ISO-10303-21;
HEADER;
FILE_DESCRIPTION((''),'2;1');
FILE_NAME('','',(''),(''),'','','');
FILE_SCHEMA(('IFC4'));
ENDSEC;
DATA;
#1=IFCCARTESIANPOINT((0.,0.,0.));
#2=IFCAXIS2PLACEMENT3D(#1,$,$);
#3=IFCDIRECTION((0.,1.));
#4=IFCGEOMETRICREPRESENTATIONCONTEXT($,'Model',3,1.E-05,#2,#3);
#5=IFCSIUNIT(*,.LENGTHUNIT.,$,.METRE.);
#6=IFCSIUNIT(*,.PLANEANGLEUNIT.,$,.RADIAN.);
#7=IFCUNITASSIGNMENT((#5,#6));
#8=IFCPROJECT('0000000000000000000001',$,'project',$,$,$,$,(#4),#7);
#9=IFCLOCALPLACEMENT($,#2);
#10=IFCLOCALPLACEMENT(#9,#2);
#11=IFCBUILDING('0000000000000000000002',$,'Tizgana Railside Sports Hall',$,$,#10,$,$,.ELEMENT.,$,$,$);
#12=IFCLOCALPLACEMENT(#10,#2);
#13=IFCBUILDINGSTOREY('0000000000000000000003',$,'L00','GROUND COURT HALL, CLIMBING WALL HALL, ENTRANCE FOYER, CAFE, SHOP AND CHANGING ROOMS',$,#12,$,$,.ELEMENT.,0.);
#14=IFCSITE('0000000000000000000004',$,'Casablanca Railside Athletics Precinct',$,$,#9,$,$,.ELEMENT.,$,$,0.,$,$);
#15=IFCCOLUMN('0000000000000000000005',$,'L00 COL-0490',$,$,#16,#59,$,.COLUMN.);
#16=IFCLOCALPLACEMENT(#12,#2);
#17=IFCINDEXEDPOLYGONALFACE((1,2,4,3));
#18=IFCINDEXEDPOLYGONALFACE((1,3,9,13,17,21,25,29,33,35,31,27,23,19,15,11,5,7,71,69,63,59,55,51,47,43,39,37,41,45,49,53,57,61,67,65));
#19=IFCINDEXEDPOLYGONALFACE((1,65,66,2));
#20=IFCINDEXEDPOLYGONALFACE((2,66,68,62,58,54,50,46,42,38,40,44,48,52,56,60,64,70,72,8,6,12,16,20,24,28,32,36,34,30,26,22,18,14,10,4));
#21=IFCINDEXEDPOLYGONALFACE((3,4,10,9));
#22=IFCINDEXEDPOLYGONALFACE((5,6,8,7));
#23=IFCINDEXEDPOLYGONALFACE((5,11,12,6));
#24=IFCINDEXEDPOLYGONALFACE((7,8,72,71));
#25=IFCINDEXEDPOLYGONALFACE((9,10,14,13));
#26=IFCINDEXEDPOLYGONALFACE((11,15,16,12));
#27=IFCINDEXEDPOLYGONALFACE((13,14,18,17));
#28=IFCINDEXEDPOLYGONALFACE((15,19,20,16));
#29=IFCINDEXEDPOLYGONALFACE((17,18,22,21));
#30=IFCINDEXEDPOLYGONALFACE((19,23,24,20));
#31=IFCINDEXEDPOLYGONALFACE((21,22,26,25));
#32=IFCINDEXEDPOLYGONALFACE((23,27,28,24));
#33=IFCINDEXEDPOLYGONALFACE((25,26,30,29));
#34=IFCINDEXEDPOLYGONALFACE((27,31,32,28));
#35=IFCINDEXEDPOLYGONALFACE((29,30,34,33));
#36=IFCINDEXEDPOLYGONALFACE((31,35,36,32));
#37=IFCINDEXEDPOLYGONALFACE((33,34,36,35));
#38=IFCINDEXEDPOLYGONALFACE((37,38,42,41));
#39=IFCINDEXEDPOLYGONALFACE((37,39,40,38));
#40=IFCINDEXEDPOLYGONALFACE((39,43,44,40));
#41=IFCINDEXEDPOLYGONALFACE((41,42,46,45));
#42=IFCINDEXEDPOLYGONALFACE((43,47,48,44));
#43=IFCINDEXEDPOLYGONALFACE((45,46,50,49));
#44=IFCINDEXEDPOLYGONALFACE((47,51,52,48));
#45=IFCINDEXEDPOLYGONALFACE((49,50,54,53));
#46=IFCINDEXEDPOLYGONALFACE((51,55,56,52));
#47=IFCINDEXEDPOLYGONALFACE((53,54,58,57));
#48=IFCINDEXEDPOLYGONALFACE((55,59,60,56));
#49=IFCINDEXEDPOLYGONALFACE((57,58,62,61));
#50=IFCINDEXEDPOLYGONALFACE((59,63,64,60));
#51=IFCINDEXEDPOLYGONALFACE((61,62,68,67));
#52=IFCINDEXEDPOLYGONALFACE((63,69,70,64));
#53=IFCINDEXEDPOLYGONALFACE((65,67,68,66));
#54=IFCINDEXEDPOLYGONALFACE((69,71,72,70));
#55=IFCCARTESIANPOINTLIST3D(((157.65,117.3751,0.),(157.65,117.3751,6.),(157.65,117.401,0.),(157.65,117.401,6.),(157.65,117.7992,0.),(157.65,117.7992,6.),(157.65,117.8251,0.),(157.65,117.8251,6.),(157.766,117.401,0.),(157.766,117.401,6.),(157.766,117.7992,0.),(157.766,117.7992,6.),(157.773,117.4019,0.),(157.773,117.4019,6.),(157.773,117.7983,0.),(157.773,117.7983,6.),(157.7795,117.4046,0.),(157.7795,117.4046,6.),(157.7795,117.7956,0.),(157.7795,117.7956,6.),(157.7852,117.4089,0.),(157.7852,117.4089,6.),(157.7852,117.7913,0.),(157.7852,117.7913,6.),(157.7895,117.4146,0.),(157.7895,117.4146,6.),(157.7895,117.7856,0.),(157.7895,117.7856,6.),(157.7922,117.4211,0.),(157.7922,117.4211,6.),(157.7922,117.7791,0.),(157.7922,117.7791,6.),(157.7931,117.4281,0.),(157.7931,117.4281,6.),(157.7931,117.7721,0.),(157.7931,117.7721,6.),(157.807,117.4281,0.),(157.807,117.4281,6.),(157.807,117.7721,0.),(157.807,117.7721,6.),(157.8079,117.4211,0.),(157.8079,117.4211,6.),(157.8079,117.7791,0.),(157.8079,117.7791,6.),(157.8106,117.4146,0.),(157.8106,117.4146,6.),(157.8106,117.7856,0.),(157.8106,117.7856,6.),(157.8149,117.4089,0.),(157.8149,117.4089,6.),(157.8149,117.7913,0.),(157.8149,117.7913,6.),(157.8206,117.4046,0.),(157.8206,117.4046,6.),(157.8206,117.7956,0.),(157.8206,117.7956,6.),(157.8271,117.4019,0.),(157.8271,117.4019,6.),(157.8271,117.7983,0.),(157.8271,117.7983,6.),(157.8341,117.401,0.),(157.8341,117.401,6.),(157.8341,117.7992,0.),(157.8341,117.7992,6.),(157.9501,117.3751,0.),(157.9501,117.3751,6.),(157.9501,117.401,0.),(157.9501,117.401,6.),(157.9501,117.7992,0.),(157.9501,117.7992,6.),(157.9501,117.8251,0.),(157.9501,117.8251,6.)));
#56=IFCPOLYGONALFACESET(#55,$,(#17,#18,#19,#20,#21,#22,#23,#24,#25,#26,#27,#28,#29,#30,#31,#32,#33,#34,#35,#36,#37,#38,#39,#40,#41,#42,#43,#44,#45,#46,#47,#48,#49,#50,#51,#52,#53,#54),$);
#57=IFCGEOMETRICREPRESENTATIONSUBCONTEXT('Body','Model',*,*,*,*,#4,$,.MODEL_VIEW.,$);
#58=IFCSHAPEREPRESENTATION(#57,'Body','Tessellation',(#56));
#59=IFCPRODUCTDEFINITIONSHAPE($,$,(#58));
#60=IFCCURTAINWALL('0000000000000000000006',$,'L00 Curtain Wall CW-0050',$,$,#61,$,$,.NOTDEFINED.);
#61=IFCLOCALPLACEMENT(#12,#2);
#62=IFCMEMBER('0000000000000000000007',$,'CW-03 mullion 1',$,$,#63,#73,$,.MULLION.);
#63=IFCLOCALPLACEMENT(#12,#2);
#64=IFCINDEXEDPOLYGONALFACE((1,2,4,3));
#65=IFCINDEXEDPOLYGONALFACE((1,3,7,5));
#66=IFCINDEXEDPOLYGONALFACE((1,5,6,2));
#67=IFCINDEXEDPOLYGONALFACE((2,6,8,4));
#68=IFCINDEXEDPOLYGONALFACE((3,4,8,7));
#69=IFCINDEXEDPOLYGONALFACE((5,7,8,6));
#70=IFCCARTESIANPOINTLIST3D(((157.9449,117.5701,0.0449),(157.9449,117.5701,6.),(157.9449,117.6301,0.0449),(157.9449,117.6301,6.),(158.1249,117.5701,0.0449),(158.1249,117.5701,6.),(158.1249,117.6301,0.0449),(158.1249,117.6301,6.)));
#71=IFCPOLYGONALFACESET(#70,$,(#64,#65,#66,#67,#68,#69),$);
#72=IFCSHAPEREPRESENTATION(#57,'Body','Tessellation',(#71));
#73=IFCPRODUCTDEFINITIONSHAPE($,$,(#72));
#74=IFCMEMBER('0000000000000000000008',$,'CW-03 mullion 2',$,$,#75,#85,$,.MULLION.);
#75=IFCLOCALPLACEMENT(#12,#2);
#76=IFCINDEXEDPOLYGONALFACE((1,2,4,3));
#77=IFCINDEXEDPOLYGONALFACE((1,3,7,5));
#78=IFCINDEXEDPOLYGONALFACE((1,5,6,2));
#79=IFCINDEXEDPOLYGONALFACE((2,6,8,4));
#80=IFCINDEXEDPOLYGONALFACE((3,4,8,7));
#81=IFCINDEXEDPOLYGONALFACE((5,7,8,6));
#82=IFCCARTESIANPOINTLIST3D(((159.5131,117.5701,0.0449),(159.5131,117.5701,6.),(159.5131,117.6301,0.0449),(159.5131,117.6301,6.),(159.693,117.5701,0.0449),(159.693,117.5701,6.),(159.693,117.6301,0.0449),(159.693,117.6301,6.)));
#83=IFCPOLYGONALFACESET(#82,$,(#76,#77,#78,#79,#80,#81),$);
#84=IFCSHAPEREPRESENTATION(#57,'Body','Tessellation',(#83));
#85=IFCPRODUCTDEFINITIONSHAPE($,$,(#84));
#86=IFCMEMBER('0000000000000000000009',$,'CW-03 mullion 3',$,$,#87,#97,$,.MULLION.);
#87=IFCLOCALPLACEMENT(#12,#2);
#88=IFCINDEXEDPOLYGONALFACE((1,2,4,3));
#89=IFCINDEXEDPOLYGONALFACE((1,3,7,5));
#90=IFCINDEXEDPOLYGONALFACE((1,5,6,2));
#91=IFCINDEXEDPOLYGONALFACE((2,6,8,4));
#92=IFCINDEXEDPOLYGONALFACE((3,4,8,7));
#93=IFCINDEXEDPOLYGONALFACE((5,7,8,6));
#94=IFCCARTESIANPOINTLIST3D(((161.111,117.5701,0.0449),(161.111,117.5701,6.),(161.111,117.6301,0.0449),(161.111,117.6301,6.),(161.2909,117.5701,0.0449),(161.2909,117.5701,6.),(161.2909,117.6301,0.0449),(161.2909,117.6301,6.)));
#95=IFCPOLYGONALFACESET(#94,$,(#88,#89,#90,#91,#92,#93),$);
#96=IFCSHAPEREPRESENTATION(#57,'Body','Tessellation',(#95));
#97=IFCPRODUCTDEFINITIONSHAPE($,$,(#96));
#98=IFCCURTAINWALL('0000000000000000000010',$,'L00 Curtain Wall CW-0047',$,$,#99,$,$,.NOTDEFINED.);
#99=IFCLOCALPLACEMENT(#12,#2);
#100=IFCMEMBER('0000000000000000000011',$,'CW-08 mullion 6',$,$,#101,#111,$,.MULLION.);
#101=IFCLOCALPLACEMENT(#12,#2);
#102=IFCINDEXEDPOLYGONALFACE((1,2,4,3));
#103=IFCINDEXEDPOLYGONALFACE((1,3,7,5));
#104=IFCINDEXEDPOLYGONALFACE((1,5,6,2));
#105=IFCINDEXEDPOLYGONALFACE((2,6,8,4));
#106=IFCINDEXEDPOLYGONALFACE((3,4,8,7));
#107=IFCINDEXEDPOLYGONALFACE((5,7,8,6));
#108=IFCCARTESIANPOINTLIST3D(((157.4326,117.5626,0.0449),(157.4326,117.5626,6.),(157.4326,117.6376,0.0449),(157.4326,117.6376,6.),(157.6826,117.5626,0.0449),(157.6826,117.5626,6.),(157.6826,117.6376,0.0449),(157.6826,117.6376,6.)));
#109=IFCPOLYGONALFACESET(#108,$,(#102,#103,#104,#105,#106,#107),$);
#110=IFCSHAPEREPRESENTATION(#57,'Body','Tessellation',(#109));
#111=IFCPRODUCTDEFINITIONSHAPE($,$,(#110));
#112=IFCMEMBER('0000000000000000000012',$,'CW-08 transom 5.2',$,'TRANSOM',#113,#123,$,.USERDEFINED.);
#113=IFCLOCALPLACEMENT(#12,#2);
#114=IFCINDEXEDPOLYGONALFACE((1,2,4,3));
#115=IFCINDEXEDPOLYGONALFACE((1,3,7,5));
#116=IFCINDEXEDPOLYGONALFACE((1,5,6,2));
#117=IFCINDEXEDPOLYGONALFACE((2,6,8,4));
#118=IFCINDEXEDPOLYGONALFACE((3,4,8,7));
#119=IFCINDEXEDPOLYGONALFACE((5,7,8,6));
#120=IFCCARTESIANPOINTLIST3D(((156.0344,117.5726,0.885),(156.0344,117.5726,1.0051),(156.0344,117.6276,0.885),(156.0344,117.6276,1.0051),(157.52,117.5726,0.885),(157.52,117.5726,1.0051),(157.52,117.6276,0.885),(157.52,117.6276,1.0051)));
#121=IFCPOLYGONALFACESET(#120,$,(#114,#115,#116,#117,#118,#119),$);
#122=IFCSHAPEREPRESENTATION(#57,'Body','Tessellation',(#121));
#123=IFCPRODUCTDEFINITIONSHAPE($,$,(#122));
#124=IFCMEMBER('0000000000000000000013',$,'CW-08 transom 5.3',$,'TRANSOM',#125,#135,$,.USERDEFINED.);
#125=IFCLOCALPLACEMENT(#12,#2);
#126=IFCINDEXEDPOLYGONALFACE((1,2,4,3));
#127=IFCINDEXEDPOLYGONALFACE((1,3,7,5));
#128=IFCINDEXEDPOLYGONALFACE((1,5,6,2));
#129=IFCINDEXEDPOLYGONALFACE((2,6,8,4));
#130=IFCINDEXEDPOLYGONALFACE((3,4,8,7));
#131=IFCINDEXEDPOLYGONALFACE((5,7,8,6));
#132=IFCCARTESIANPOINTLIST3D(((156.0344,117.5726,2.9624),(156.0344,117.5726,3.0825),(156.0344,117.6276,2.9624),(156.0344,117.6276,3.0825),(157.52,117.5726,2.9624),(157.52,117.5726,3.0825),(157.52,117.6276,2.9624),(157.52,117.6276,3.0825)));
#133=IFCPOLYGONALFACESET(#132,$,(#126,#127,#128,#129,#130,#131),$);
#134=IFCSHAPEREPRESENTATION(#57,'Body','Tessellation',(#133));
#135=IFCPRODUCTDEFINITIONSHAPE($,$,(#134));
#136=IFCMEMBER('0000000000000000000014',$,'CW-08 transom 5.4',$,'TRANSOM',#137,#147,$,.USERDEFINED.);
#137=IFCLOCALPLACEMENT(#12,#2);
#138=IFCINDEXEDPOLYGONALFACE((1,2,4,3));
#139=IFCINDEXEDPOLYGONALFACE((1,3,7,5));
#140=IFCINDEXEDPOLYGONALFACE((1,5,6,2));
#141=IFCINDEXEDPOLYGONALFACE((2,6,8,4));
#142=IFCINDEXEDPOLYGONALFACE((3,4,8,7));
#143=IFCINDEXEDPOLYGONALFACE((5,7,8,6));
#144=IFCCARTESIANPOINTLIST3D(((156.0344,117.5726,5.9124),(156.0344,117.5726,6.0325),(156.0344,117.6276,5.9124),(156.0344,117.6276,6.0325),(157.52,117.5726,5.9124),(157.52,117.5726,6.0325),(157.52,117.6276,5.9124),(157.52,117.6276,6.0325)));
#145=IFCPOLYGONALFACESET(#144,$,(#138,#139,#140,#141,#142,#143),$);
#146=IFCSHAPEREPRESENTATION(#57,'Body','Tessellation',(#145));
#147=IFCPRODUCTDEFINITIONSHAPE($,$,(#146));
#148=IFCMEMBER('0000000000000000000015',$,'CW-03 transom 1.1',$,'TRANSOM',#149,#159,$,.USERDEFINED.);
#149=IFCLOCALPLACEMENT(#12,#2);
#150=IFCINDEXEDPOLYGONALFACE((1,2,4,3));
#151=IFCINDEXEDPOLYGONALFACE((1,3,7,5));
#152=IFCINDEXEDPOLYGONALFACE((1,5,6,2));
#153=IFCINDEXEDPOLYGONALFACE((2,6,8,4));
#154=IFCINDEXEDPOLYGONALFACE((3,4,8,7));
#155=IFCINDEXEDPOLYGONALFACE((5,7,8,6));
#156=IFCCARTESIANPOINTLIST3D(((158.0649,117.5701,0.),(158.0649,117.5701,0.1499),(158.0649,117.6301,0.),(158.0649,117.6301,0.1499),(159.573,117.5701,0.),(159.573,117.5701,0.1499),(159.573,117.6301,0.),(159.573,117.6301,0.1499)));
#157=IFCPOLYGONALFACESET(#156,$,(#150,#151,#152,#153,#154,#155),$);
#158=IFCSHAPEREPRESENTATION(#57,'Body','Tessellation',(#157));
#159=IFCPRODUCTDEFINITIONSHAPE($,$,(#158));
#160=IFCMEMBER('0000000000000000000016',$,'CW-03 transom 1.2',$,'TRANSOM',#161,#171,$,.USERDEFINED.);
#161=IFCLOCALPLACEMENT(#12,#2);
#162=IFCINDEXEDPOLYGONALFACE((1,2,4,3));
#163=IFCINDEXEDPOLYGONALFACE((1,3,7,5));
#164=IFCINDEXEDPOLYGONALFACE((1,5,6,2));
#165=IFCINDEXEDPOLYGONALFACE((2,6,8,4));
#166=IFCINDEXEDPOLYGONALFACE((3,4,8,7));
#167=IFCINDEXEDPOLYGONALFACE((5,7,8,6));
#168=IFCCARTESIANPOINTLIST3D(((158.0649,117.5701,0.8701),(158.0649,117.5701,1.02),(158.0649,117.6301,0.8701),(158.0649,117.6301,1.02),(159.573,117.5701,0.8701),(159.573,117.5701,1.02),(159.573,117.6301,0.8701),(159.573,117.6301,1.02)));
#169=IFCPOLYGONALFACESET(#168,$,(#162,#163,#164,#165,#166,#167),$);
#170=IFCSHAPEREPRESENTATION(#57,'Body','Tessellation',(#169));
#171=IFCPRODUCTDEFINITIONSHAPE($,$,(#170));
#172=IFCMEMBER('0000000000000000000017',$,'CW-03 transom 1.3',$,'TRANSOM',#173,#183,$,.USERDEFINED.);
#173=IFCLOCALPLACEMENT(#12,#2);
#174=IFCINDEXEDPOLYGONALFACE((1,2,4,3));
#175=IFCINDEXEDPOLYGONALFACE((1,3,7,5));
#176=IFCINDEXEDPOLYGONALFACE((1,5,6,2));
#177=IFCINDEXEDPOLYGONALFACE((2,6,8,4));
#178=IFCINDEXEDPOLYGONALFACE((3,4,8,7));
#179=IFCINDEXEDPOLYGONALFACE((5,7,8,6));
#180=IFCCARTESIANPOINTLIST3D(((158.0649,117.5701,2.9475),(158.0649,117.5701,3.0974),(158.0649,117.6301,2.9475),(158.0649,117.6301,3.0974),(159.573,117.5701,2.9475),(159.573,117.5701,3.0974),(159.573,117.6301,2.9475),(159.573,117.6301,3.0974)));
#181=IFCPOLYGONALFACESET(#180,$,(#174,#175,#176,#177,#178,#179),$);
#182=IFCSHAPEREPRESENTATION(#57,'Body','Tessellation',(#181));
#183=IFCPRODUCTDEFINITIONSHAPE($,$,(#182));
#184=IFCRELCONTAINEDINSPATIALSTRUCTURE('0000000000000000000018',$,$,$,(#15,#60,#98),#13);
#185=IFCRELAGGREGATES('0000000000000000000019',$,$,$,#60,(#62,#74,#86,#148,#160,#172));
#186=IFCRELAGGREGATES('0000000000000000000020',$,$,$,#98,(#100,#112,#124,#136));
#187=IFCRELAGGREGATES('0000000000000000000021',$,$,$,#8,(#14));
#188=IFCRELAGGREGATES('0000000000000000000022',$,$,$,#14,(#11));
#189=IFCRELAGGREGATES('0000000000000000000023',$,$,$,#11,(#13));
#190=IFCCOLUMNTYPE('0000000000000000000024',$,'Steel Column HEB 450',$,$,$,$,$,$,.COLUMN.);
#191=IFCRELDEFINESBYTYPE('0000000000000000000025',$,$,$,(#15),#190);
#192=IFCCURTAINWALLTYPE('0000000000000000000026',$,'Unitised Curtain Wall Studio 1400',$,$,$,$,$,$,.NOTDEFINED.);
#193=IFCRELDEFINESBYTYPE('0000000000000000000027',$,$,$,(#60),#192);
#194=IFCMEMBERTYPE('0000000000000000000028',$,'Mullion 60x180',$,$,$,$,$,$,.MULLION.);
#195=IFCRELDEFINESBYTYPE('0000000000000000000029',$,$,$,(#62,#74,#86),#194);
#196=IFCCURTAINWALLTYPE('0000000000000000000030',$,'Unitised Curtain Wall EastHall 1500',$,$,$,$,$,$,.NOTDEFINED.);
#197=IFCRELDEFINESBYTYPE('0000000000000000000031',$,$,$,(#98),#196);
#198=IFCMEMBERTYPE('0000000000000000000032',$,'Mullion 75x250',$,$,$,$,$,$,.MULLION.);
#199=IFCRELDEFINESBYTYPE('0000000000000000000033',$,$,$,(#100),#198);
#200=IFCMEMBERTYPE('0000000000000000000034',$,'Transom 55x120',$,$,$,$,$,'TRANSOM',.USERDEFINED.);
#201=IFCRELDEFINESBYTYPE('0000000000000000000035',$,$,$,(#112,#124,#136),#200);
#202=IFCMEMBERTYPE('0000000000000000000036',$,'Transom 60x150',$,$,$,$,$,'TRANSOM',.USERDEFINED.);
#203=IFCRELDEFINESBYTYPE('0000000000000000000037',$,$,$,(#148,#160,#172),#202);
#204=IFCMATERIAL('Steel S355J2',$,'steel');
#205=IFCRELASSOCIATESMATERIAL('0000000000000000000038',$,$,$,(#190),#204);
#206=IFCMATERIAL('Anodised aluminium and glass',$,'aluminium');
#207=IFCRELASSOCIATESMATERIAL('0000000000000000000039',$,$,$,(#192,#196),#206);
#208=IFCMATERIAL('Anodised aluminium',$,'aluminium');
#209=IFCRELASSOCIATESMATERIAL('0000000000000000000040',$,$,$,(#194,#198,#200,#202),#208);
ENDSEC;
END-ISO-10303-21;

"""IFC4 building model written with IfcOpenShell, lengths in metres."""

from ifc_helpers import new_model, si_unit, direction, frame, origin, origin_2d, place, context, subcontext, project, spatial, rectangle, i_section, extrude, material, material_profile, profile_set, type_object, element, aggregate, save


model = new_model("IFC4")

# Units and contexts
model_context = context("Model", 3, precision=1e-05, world=origin(), true_north=direction((0.0, 1.0)))
body_context = subcontext(model_context, "Body", "Model", "MODEL_VIEW")
ifc_project = project(units=[si_unit("LENGTHUNIT", "METRE"), si_unit("PLANEANGLEUNIT", "RADIAN")], contexts=[model_context])

# Site, building, storey
site_placement = place(None, origin())
site = spatial("IfcSite", under=ifc_project, at=site_placement, Name="Casablanca Railside Athletics Precinct", CompositionType="ELEMENT", RefElevation=0.0)
building_placement = place(site_placement, origin())
building = spatial("IfcBuilding", under=site, at=building_placement, Name="Tizgana Railside Sports Hall", CompositionType="ELEMENT")
storey_placement = place(building_placement, origin())
storey = spatial("IfcBuildingStorey", under=building, at=storey_placement, Name="L00", Description="GROUND COURT HALL, CLIMBING WALL HALL, ENTRANCE FOYER, CAFE, SHOP AND CHANGING ROOMS", CompositionType="ELEMENT", Elevation=0.0)

# Column
ifc_material_1 = material(Name="Steel S355J2", Category="steel")
ifc_material_profile_1 = material_profile(ifc_material_1, i_section(OverallWidth=0.3, OverallDepth=0.45, WebThickness=0.0139, FlangeThickness=0.0259, FilletRadius=0.0271, at=origin_2d()), Name="HEB 450")
ifc_profile_set_1 = profile_set([ifc_material_profile_1], Name="Steel S355J2")
column_type = type_object("IfcColumnType", Name="Steel Column HEB 450", PredefinedType="COLUMN", material=ifc_profile_set_1)
column_placement = place(storey_placement, frame((157.8, 117.6001, 0.0), z_axis=(0.0, 0.0, 1.0), x_axis=(1.0, 0.0, 0.0)))
element("IfcColumn", 1, at=column_placement, inside=storey, type_object=column_type, Name="L00 COL-0490", PredefinedType="COLUMN", context=body_context, shape_type="SweptSolid", body=[
    extrude(i_section(OverallWidth=0.3, OverallDepth=0.45, WebThickness=0.0139, FlangeThickness=0.0259, FilletRadius=0.0271, at=origin_2d()), origin(), (0.0, 0.0, 1.0), 6.0),
])

# Curtain walls, members
ifc_material_2 = material(Name="Anodised aluminium and glass", Category="aluminium")
curtain_wall_type_1 = type_object("IfcCurtainWallType", Name="Unitised Curtain Wall Studio 1400", PredefinedType="NOTDEFINED", material=ifc_material_2)
curtain_wall_1_placement = place(storey_placement, origin())
curtain_wall_1 = element("IfcCurtainWall", 2, at=curtain_wall_1_placement, inside=storey, type_object=curtain_wall_type_1, Name="L00 Curtain Wall CW-0050", PredefinedType="NOTDEFINED")
ifc_material_3 = material(Name="Anodised aluminium", Category="aluminium")
ifc_material_profile_2 = material_profile(ifc_material_3, rectangle(XDim=0.0601, YDim=0.1799, at=origin_2d()), Name="Mullion 60x180")
ifc_profile_set_2 = profile_set([ifc_material_profile_2], Name="Anodised aluminium")
member_type_1 = type_object("IfcMemberType", Name="Mullion 60x180", PredefinedType="MULLION", material=ifc_profile_set_2)
member_1_placement = place(storey_placement, frame((158.0349, 117.6001, 0.0449), z_axis=(0.0, 0.0, 1.0), x_axis=(0.0, 1.0, 0.0)))
member_1 = element("IfcMember", 3, at=member_1_placement, type_object=member_type_1, Name="CW-03 mullion 1", PredefinedType="MULLION", context=body_context, shape_type="SweptSolid", body=[
    extrude(rectangle(XDim=0.0601, YDim=0.1799, at=origin_2d()), origin(), (0.0, 0.0, 1.0), 5.9551),
])
member_2_placement = place(storey_placement, frame((159.603, 117.6001, 0.0449), z_axis=(0.0, 0.0, 1.0), x_axis=(0.0, 1.0, 0.0)))
member_2 = element("IfcMember", 4, at=member_2_placement, type_object=member_type_1, Name="CW-03 mullion 2", PredefinedType="MULLION", context=body_context, shape_type="SweptSolid", body=[
    extrude(rectangle(XDim=0.0601, YDim=0.1799, at=origin_2d()), origin(), (0.0, 0.0, 1.0), 5.9551),
])
member_3_placement = place(storey_placement, frame((161.2009, 117.6001, 0.0449), z_axis=(0.0, 0.0, 1.0), x_axis=(0.0, 1.0, 0.0)))
member_3 = element("IfcMember", 5, at=member_3_placement, type_object=member_type_1, Name="CW-03 mullion 3", PredefinedType="MULLION", context=body_context, shape_type="SweptSolid", body=[
    extrude(rectangle(XDim=0.0601, YDim=0.1799, at=origin_2d()), origin(), (0.0, 0.0, 1.0), 5.9551),
])
curtain_wall_type_2 = type_object("IfcCurtainWallType", Name="Unitised Curtain Wall EastHall 1500", PredefinedType="NOTDEFINED", material=ifc_material_2)
curtain_wall_2_placement = place(storey_placement, origin())
curtain_wall_2 = element("IfcCurtainWall", 6, at=curtain_wall_2_placement, inside=storey, type_object=curtain_wall_type_2, Name="L00 Curtain Wall CW-0047", PredefinedType="NOTDEFINED")
ifc_material_profile_3 = material_profile(ifc_material_3, rectangle(XDim=0.075, YDim=0.25, at=origin_2d()), Name="Mullion 75x250")
ifc_profile_set_3 = profile_set([ifc_material_profile_3], Name="Anodised aluminium")
member_type_2 = type_object("IfcMemberType", Name="Mullion 75x250", PredefinedType="MULLION", material=ifc_profile_set_3)
member_4_placement = place(storey_placement, frame((157.5576, 117.6001, 0.0449), z_axis=(0.0, 0.0, 1.0), x_axis=(0.0, 1.0, 0.0)))
member_4 = element("IfcMember", 7, at=member_4_placement, type_object=member_type_2, Name="CW-08 mullion 6", PredefinedType="MULLION", context=body_context, shape_type="SweptSolid", body=[
    extrude(rectangle(XDim=0.075, YDim=0.25, at=origin_2d()), origin(), (0.0, 0.0, 1.0), 5.9551),
])
ifc_material_profile_4 = material_profile(ifc_material_3, rectangle(XDim=0.0549, YDim=0.1201, at=origin_2d()), Name="Transom 55x120")
ifc_profile_set_4 = profile_set([ifc_material_profile_4], Name="Anodised aluminium")
member_type_3 = type_object("IfcMemberType", Name="Transom 55x120", ElementType="TRANSOM", PredefinedType="USERDEFINED", material=ifc_profile_set_4)
member_5_placement = place(storey_placement, frame((156.0344, 117.6001, 0.9451), z_axis=(1.0, 0.0, 0.0), x_axis=(0.0, 1.0, 0.0)))
member_5 = element("IfcMember", 8, at=member_5_placement, type_object=member_type_3, Name="CW-08 transom 5.2", ObjectType="TRANSOM", PredefinedType="USERDEFINED", context=body_context, shape_type="SweptSolid", body=[
    extrude(rectangle(XDim=0.0549, YDim=0.1201, at=origin_2d()), origin(), (0.0, 0.0, 1.0), 1.4856),
])
member_6_placement = place(storey_placement, frame((156.0344, 117.6001, 3.0225), z_axis=(1.0, 0.0, 0.0), x_axis=(0.0, 1.0, 0.0)))
member_6 = element("IfcMember", 9, at=member_6_placement, type_object=member_type_3, Name="CW-08 transom 5.3", ObjectType="TRANSOM", PredefinedType="USERDEFINED", context=body_context, shape_type="SweptSolid", body=[
    extrude(rectangle(XDim=0.0549, YDim=0.1201, at=origin_2d()), origin(), (0.0, 0.0, 1.0), 1.4856),
])
member_7_placement = place(storey_placement, frame((156.0344, 117.6001, 5.9724), z_axis=(1.0, 0.0, 0.0), x_axis=(0.0, 1.0, 0.0)))
member_7 = element("IfcMember", 10, at=member_7_placement, type_object=member_type_3, Name="CW-08 transom 5.4", ObjectType="TRANSOM", PredefinedType="USERDEFINED", context=body_context, shape_type="SweptSolid", body=[
    extrude(rectangle(XDim=0.0549, YDim=0.1201, at=origin_2d()), origin(), (0.0, 0.0, 1.0), 1.4856),
])

# Members
ifc_material_profile_5 = material_profile(ifc_material_3, rectangle(XDim=0.0601, YDim=0.1499, at=origin_2d()), Name="Transom 60x150")
ifc_profile_set_5 = profile_set([ifc_material_profile_5], Name="Anodised aluminium")
member_type_4 = type_object("IfcMemberType", Name="Transom 60x150", ElementType="TRANSOM", PredefinedType="USERDEFINED", material=ifc_profile_set_5)
member_8_placement = place(storey_placement, frame((158.0649, 117.6001, 0.075), z_axis=(1.0, 0.0, 0.0), x_axis=(0.0, 1.0, 0.0)))
member_8 = element("IfcMember", 11, at=member_8_placement, type_object=member_type_4, Name="CW-03 transom 1.1", ObjectType="TRANSOM", PredefinedType="USERDEFINED", context=body_context, shape_type="SweptSolid", body=[
    extrude(rectangle(XDim=0.0601, YDim=0.1499, at=origin_2d()), origin(), (0.0, 0.0, 1.0), 1.5081),
])
member_9_placement = place(storey_placement, frame((158.0649, 117.6001, 0.9451), z_axis=(1.0, 0.0, 0.0), x_axis=(0.0, 1.0, 0.0)))
member_9 = element("IfcMember", 12, at=member_9_placement, type_object=member_type_4, Name="CW-03 transom 1.2", ObjectType="TRANSOM", PredefinedType="USERDEFINED", context=body_context, shape_type="SweptSolid", body=[
    extrude(rectangle(XDim=0.0601, YDim=0.1499, at=origin_2d()), origin(), (0.0, 0.0, 1.0), 1.5081),
])
member_10_placement = place(storey_placement, frame((158.0649, 117.6001, 3.0225), z_axis=(1.0, 0.0, 0.0), x_axis=(0.0, 1.0, 0.0)))
member_10 = element("IfcMember", 13, at=member_10_placement, type_object=member_type_4, Name="CW-03 transom 1.3", ObjectType="TRANSOM", PredefinedType="USERDEFINED", context=body_context, shape_type="SweptSolid", body=[
    extrude(rectangle(XDim=0.0601, YDim=0.1499, at=origin_2d()), origin(), (0.0, 0.0, 1.0), 1.5081),
])

aggregate(curtain_wall_1, [member_1, member_2, member_3, member_8, member_9, member_10])
aggregate(curtain_wall_2, [member_4, member_5, member_6, member_7])

save(model, "model.ifc")
